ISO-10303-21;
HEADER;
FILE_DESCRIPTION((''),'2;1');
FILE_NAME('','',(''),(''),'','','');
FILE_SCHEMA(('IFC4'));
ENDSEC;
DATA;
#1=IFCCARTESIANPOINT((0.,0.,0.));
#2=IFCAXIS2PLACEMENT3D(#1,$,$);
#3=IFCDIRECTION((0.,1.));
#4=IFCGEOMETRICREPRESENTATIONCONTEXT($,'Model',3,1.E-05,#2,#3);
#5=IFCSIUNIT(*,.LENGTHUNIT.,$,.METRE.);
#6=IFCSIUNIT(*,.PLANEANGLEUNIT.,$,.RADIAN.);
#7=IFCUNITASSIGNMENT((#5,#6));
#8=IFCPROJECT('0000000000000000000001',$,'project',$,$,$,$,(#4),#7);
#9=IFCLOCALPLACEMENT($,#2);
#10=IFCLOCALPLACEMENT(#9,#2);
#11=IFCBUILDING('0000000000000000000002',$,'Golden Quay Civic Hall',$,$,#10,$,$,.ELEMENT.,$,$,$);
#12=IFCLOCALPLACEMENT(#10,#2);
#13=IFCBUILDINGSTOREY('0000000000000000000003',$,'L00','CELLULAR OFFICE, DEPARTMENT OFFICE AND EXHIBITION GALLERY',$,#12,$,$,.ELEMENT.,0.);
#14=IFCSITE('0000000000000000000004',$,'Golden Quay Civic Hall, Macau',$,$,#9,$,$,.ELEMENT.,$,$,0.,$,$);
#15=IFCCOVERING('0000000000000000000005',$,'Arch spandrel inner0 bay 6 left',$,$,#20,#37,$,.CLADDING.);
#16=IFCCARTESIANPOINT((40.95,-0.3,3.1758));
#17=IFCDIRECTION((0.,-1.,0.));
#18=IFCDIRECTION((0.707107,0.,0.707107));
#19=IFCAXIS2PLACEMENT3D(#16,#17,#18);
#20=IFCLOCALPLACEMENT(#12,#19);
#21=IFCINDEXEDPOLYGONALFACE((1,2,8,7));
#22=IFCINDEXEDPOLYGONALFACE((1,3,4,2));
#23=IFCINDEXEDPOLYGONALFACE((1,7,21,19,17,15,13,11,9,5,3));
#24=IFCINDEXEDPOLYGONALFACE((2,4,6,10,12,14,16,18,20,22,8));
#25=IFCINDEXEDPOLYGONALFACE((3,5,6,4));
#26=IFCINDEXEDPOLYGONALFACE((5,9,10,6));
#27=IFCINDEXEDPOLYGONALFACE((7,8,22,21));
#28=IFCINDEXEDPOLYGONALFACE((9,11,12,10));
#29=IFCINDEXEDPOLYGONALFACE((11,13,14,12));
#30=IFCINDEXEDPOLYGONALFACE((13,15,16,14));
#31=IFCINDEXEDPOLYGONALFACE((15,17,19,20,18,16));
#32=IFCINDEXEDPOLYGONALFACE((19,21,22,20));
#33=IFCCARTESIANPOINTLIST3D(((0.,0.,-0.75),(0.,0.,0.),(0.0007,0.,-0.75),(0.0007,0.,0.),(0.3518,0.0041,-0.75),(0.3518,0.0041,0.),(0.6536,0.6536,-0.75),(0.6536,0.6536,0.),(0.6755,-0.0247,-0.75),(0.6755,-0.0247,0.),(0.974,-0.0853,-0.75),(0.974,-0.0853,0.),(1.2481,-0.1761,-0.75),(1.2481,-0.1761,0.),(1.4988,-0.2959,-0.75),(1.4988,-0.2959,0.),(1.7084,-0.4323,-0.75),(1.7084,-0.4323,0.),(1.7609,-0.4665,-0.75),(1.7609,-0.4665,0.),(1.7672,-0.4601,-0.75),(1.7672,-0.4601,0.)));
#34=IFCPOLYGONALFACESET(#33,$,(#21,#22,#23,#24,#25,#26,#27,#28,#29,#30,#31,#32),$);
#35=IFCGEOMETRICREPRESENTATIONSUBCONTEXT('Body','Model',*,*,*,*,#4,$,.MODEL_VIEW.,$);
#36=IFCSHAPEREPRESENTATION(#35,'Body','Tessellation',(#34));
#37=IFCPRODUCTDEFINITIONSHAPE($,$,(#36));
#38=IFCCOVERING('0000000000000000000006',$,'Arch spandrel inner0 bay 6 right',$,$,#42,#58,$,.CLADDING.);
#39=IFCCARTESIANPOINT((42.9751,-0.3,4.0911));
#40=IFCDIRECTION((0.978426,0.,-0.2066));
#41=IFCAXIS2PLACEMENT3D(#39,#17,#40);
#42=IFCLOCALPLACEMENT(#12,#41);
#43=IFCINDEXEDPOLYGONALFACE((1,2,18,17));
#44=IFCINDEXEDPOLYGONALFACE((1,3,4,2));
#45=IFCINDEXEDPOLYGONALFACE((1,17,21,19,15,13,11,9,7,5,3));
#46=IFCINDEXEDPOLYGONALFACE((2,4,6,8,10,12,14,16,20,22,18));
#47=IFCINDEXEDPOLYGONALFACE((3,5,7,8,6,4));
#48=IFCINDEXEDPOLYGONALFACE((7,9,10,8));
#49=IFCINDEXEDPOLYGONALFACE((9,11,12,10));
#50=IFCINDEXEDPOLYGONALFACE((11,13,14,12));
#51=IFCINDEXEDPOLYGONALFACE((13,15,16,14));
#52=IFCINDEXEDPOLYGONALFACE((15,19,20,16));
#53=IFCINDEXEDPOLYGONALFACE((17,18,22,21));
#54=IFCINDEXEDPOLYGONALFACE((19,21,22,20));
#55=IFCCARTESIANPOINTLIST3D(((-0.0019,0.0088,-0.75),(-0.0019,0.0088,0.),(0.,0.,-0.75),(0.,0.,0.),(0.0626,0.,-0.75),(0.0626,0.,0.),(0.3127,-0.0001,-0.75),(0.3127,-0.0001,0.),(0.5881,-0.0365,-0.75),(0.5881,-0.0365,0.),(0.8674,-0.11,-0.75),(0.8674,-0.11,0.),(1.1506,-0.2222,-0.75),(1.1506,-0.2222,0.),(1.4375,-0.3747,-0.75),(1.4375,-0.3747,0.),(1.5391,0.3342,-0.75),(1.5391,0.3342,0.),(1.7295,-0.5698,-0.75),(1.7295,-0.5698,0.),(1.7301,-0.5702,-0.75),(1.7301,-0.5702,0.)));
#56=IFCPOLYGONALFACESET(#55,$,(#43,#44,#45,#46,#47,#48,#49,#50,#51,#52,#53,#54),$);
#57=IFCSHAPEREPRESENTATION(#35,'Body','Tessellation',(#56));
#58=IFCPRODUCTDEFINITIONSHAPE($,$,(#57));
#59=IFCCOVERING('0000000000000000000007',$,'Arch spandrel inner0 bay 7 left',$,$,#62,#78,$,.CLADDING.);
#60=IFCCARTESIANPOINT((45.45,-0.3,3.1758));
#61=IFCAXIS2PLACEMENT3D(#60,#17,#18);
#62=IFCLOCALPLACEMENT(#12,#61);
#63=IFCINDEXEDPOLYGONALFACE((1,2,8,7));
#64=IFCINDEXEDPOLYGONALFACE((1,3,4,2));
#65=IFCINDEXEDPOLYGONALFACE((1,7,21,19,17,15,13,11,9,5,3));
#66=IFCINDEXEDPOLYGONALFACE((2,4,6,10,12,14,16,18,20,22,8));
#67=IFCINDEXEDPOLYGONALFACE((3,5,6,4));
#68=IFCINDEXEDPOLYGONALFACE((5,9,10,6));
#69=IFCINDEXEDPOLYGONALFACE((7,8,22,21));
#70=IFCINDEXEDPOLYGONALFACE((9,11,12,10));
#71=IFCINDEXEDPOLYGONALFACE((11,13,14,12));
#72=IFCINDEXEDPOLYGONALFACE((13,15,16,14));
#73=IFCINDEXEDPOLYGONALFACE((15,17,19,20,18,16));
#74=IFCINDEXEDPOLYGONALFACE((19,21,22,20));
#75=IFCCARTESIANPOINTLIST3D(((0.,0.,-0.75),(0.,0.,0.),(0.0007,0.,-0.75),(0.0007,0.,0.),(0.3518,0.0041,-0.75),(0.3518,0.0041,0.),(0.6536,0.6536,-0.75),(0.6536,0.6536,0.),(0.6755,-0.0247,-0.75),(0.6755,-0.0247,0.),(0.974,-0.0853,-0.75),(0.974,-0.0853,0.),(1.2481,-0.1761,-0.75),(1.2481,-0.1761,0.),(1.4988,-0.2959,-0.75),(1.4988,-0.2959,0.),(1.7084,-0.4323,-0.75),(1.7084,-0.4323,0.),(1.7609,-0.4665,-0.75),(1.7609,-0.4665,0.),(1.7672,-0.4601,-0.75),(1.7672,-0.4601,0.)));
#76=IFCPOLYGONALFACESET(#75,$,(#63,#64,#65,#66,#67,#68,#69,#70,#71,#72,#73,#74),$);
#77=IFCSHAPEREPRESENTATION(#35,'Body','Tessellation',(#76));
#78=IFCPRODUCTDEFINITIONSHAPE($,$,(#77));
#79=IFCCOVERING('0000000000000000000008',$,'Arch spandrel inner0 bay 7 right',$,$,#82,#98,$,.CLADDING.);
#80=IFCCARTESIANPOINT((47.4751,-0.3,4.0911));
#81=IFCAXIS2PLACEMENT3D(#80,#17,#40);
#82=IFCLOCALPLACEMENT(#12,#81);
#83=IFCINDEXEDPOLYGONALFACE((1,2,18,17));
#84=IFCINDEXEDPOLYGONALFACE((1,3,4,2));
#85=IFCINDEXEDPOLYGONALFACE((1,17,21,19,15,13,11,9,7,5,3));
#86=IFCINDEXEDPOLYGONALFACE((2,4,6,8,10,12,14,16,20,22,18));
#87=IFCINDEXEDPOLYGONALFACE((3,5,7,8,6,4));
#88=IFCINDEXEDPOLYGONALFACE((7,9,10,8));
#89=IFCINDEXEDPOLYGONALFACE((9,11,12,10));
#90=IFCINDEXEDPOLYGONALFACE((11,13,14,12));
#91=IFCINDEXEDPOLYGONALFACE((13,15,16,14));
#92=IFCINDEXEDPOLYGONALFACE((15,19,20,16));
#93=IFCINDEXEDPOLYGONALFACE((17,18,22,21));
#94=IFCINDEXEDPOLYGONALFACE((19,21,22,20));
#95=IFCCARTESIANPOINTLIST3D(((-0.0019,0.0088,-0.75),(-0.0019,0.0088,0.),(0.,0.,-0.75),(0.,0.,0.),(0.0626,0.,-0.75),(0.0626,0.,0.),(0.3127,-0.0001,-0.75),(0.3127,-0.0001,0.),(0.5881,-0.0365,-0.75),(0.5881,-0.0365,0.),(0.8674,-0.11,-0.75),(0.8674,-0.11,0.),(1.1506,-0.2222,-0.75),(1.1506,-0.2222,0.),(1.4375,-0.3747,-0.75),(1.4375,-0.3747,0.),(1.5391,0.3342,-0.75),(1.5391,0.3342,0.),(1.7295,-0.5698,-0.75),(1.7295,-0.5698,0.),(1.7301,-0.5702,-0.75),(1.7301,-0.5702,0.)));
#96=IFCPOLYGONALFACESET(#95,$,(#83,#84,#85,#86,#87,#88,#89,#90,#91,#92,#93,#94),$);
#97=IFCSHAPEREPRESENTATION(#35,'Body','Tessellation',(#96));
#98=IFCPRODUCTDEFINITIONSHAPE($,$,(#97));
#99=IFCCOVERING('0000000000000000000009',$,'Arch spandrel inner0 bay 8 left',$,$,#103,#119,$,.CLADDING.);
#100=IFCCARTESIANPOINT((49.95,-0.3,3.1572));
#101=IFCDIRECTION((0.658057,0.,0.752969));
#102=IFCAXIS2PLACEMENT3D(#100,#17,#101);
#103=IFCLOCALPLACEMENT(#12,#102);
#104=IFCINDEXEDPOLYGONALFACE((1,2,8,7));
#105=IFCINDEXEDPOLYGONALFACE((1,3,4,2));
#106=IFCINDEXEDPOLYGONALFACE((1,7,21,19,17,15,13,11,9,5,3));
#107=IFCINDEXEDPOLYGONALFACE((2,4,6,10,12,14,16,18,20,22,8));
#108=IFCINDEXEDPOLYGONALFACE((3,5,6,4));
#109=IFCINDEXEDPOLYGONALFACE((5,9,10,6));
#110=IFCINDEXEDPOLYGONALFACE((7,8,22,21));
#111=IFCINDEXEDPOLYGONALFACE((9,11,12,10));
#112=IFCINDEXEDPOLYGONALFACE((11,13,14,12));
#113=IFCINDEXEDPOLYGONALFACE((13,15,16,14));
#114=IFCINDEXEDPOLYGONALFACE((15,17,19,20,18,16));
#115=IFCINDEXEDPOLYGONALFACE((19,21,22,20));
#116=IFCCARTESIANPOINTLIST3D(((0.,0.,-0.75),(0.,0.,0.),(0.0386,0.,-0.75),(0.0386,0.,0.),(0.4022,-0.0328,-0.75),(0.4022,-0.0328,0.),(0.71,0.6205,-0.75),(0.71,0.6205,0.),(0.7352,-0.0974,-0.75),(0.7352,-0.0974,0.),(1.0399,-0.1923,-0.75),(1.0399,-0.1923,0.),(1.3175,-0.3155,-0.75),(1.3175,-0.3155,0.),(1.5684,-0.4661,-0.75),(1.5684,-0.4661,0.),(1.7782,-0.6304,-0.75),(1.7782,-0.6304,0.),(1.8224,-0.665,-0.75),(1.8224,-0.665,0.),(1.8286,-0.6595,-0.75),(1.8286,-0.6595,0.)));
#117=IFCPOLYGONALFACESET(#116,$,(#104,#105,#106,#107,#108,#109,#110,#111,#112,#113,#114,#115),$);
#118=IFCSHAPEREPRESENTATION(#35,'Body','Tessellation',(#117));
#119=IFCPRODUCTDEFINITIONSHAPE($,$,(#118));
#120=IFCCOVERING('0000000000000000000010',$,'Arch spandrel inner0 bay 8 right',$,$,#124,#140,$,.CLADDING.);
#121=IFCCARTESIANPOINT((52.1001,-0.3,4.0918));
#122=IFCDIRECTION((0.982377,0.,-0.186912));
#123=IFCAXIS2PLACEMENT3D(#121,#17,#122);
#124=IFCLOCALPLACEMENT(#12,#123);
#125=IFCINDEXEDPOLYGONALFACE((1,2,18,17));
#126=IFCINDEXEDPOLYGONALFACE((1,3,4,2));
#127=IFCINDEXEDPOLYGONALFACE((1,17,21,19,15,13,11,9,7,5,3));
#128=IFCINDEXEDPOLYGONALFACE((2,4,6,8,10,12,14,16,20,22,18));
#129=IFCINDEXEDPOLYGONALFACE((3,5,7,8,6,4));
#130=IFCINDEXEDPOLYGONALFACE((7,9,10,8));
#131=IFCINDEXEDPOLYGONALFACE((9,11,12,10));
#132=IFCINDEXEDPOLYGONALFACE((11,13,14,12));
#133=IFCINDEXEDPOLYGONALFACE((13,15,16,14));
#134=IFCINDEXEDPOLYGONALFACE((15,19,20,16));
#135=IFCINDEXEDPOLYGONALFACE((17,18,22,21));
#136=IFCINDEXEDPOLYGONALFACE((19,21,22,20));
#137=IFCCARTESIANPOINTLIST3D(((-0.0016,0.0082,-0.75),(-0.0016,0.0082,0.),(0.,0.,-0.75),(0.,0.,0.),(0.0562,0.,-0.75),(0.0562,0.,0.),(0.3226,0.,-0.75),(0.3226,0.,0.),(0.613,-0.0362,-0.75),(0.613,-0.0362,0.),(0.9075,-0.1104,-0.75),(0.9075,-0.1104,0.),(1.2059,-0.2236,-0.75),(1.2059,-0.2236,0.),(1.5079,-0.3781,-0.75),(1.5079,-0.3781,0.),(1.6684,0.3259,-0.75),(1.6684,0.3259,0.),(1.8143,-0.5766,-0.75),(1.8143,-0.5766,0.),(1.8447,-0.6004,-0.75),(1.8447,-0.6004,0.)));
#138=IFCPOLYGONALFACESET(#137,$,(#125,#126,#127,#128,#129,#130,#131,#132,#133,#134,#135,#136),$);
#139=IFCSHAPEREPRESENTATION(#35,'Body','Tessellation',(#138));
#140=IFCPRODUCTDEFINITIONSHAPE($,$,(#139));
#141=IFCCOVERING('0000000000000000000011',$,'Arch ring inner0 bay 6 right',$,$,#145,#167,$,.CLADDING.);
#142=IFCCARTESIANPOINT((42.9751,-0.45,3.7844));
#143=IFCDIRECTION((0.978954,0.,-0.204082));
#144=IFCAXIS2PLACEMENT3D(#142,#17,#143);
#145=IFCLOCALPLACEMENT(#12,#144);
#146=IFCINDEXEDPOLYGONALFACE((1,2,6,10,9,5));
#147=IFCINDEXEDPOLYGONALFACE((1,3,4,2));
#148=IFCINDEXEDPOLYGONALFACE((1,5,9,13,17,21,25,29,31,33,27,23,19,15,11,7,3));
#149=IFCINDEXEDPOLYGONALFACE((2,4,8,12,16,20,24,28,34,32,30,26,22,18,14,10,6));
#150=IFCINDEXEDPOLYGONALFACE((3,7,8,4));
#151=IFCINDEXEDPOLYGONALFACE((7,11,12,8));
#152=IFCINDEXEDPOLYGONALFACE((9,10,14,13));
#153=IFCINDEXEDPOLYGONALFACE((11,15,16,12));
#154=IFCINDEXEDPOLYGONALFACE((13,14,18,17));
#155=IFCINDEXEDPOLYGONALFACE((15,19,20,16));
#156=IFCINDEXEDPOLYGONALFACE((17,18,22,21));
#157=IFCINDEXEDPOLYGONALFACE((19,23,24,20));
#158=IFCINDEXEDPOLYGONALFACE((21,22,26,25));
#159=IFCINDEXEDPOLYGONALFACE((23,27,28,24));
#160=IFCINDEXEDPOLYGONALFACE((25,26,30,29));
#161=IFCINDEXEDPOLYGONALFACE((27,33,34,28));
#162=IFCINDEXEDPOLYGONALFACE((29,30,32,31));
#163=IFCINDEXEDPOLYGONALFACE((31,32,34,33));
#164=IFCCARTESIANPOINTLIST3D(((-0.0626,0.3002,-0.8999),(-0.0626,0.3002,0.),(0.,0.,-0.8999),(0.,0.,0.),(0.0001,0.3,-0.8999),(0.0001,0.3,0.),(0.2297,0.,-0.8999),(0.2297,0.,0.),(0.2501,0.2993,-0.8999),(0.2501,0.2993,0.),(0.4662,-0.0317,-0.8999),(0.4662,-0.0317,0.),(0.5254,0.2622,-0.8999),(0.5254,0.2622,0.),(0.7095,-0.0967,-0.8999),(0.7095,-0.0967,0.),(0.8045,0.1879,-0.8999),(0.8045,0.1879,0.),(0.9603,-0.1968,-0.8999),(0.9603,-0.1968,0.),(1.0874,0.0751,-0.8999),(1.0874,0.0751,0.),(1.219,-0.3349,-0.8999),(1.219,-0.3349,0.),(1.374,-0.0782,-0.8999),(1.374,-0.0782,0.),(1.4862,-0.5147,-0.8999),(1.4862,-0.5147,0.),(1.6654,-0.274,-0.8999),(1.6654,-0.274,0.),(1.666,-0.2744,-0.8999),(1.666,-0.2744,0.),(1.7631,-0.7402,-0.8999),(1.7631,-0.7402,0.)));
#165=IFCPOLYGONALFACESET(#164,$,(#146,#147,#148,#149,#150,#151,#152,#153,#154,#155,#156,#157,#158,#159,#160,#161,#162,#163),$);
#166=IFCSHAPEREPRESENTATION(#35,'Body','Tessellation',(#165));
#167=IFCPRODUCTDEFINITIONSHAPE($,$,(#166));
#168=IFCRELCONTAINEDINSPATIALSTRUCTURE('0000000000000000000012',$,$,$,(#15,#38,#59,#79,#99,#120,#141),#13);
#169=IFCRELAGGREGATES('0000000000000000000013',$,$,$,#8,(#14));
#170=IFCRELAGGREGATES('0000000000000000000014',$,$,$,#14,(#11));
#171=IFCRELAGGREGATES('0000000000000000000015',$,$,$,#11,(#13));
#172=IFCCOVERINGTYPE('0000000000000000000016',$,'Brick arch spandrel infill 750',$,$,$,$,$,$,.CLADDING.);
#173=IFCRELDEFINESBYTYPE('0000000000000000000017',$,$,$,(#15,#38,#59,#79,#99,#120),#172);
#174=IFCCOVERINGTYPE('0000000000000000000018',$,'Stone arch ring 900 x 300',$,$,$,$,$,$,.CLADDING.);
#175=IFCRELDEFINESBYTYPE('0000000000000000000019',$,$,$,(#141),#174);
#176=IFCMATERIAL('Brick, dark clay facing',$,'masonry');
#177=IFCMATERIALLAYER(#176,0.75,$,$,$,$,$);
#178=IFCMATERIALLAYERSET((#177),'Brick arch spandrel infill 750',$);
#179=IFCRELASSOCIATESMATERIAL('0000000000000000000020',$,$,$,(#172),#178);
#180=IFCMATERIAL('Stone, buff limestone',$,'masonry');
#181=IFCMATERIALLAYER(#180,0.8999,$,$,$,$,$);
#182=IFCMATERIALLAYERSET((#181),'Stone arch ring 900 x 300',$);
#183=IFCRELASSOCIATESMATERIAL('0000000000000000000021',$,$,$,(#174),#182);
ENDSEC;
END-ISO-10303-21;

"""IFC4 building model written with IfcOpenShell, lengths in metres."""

from ifc_helpers import new_model, si_unit, direction, frame, origin, place, context, subcontext, project, spatial, polyline, outline, extrude, material, layer, layer_set, type_object, element, save


model = new_model("IFC4")

# Units and contexts
model_context = context("Model", 3, precision=1e-05, world=origin(), true_north=direction((0.0, 1.0)))
body_context = subcontext(model_context, "Body", "Model", "MODEL_VIEW")
ifc_project = project(units=[si_unit("LENGTHUNIT", "METRE"), si_unit("PLANEANGLEUNIT", "RADIAN")], contexts=[model_context])

# Site, building, storey
site_placement = place(None, origin())
site = spatial("IfcSite", under=ifc_project, at=site_placement, Name="Golden Quay Civic Hall, Macau", CompositionType="ELEMENT", RefElevation=0.0)
building_placement = place(site_placement, origin())
building = spatial("IfcBuilding", under=site, at=building_placement, Name="Golden Quay Civic Hall", CompositionType="ELEMENT")
storey_placement = place(building_placement, origin())
storey = spatial("IfcBuildingStorey", under=building, at=storey_placement, Name="L00", Description="CELLULAR OFFICE, DEPARTMENT OFFICE AND EXHIBITION GALLERY", CompositionType="ELEMENT", Elevation=0.0)

# Coverings
ifc_material_1 = material(Name="Brick, dark clay facing", Category="masonry")
ifc_layer_1 = layer(ifc_material_1, 0.75)
ifc_layer_set_1 = layer_set([ifc_layer_1], Name="Brick arch spandrel infill 750")
covering_type_1 = type_object("IfcCoveringType", Name="Brick arch spandrel infill 750", PredefinedType="CLADDING", material=ifc_layer_set_1)
covering_1_placement = place(storey_placement, frame((40.95, -0.3, 3.1758), z_axis=(0.0, -1.0, 0.0), x_axis=(0.707107, 0.0, 0.707107)))
element("IfcCovering", 1, at=covering_1_placement, inside=storey, type_object=covering_type_1, Name="Arch spandrel inner0 bay 6 left", PredefinedType="CLADDING", context=body_context, shape_type="SweptSolid", body=[
    extrude(outline(polyline([(0.0, 0.0), (0.0007, 0.0), (0.3518, 0.0041), (0.6755, -0.0247), (0.974, -0.0853), (1.2481, -0.1761), (1.4988, -0.2959), (1.7084, -0.4323), (1.7609, -0.4665), (1.7672, -0.4601), (0.6536, 0.6536), (0.0, 0.0)])), origin(), (0.0, 0.0, -1.0), 0.75),
])
covering_2_placement = place(storey_placement, frame((42.9751, -0.3, 4.0911), z_axis=(0.0, -1.0, 0.0), x_axis=(0.978426, 0.0, -0.2066)))
element("IfcCovering", 2, at=covering_2_placement, inside=storey, type_object=covering_type_1, Name="Arch spandrel inner0 bay 6 right", PredefinedType="CLADDING", context=body_context, shape_type="SweptSolid", body=[
    extrude(outline(polyline([(0.0, 0.0), (0.0626, 0.0), (0.3127, -0.0001), (0.5881, -0.0365), (0.8674, -0.11), (1.1506, -0.2222), (1.4375, -0.3747), (1.7295, -0.5698), (1.7301, -0.5702), (1.5391, 0.3342), (-0.0019, 0.0088), (0.0, 0.0)])), origin(), (0.0, 0.0, -1.0), 0.75),
])
covering_3_placement = place(storey_placement, frame((45.45, -0.3, 3.1758), z_axis=(0.0, -1.0, 0.0), x_axis=(0.707107, 0.0, 0.707107)))
element("IfcCovering", 3, at=covering_3_placement, inside=storey, type_object=covering_type_1, Name="Arch spandrel inner0 bay 7 left", PredefinedType="CLADDING", context=body_context, shape_type="SweptSolid", body=[
    extrude(outline(polyline([(0.0, 0.0), (0.0007, 0.0), (0.3518, 0.0041), (0.6755, -0.0247), (0.974, -0.0853), (1.2481, -0.1761), (1.4988, -0.2959), (1.7084, -0.4323), (1.7609, -0.4665), (1.7672, -0.4601), (0.6536, 0.6536), (0.0, 0.0)])), origin(), (0.0, 0.0, -1.0), 0.75),
])
covering_4_placement = place(storey_placement, frame((47.4751, -0.3, 4.0911), z_axis=(0.0, -1.0, 0.0), x_axis=(0.978426, 0.0, -0.2066)))
element("IfcCovering", 4, at=covering_4_placement, inside=storey, type_object=covering_type_1, Name="Arch spandrel inner0 bay 7 right", PredefinedType="CLADDING", context=body_context, shape_type="SweptSolid", body=[
    extrude(outline(polyline([(0.0, 0.0), (0.0626, 0.0), (0.3127, -0.0001), (0.5881, -0.0365), (0.8674, -0.11), (1.1506, -0.2222), (1.4375, -0.3747), (1.7295, -0.5698), (1.7301, -0.5702), (1.5391, 0.3342), (-0.0019, 0.0088), (0.0, 0.0)])), origin(), (0.0, 0.0, -1.0), 0.75),
])
covering_5_placement = place(storey_placement, frame((49.95, -0.3, 3.1572), z_axis=(0.0, -1.0, 0.0), x_axis=(0.658057, 0.0, 0.752969)))
element("IfcCovering", 5, at=covering_5_placement, inside=storey, type_object=covering_type_1, Name="Arch spandrel inner0 bay 8 left", PredefinedType="CLADDING", context=body_context, shape_type="SweptSolid", body=[
    extrude(outline(polyline([(0.0, 0.0), (0.0386, 0.0), (0.4022, -0.0328), (0.7352, -0.0974), (1.0399, -0.1923), (1.3175, -0.3155), (1.5684, -0.4661), (1.7782, -0.6304), (1.8224, -0.665), (1.8286, -0.6595), (0.71, 0.6205), (0.0, 0.0)])), origin(), (0.0, 0.0, -1.0), 0.75),
])
covering_6_placement = place(storey_placement, frame((52.1001, -0.3, 4.0918), z_axis=(0.0, -1.0, 0.0), x_axis=(0.982377, 0.0, -0.186912)))
element("IfcCovering", 6, at=covering_6_placement, inside=storey, type_object=covering_type_1, Name="Arch spandrel inner0 bay 8 right", PredefinedType="CLADDING", context=body_context, shape_type="SweptSolid", body=[
    extrude(outline(polyline([(0.0, 0.0), (0.0562, 0.0), (0.3226, 0.0), (0.613, -0.0362), (0.9075, -0.1104), (1.2059, -0.2236), (1.5079, -0.3781), (1.8143, -0.5766), (1.8447, -0.6004), (1.6684, 0.3259), (-0.0016, 0.0082), (0.0, 0.0)])), origin(), (0.0, 0.0, -1.0), 0.75),
])
ifc_material_2 = material(Name="Stone, buff limestone", Category="masonry")
ifc_layer_2 = layer(ifc_material_2, 0.8999)
ifc_layer_set_2 = layer_set([ifc_layer_2], Name="Stone arch ring 900 x 300")
covering_type_2 = type_object("IfcCoveringType", Name="Stone arch ring 900 x 300", PredefinedType="CLADDING", material=ifc_layer_set_2)
covering_7_placement = place(storey_placement, frame((42.9751, -0.45, 3.7844), z_axis=(0.0, -1.0, 0.0), x_axis=(0.978954, 0.0, -0.204082)))
element("IfcCovering", 7, at=covering_7_placement, inside=storey, type_object=covering_type_2, Name="Arch ring inner0 bay 6 right", PredefinedType="CLADDING", context=body_context, shape_type="SweptSolid", body=[
    extrude(outline(polyline([(0.0, 0.0), (0.2297, 0.0), (0.4662, -0.0317), (0.7095, -0.0967), (0.9603, -0.1968), (1.219, -0.3349), (1.4862, -0.5147), (1.7631, -0.7402), (1.666, -0.2744), (1.6654, -0.274), (1.374, -0.0782), (1.0874, 0.0751), (0.8045, 0.1879), (0.5254, 0.2622), (0.2501, 0.2993), (0.0001, 0.3), (-0.0626, 0.3002), (0.0, 0.0)])), origin(), (0.0, 0.0, -1.0), 0.8999),
])

save(model, "model.ifc")
